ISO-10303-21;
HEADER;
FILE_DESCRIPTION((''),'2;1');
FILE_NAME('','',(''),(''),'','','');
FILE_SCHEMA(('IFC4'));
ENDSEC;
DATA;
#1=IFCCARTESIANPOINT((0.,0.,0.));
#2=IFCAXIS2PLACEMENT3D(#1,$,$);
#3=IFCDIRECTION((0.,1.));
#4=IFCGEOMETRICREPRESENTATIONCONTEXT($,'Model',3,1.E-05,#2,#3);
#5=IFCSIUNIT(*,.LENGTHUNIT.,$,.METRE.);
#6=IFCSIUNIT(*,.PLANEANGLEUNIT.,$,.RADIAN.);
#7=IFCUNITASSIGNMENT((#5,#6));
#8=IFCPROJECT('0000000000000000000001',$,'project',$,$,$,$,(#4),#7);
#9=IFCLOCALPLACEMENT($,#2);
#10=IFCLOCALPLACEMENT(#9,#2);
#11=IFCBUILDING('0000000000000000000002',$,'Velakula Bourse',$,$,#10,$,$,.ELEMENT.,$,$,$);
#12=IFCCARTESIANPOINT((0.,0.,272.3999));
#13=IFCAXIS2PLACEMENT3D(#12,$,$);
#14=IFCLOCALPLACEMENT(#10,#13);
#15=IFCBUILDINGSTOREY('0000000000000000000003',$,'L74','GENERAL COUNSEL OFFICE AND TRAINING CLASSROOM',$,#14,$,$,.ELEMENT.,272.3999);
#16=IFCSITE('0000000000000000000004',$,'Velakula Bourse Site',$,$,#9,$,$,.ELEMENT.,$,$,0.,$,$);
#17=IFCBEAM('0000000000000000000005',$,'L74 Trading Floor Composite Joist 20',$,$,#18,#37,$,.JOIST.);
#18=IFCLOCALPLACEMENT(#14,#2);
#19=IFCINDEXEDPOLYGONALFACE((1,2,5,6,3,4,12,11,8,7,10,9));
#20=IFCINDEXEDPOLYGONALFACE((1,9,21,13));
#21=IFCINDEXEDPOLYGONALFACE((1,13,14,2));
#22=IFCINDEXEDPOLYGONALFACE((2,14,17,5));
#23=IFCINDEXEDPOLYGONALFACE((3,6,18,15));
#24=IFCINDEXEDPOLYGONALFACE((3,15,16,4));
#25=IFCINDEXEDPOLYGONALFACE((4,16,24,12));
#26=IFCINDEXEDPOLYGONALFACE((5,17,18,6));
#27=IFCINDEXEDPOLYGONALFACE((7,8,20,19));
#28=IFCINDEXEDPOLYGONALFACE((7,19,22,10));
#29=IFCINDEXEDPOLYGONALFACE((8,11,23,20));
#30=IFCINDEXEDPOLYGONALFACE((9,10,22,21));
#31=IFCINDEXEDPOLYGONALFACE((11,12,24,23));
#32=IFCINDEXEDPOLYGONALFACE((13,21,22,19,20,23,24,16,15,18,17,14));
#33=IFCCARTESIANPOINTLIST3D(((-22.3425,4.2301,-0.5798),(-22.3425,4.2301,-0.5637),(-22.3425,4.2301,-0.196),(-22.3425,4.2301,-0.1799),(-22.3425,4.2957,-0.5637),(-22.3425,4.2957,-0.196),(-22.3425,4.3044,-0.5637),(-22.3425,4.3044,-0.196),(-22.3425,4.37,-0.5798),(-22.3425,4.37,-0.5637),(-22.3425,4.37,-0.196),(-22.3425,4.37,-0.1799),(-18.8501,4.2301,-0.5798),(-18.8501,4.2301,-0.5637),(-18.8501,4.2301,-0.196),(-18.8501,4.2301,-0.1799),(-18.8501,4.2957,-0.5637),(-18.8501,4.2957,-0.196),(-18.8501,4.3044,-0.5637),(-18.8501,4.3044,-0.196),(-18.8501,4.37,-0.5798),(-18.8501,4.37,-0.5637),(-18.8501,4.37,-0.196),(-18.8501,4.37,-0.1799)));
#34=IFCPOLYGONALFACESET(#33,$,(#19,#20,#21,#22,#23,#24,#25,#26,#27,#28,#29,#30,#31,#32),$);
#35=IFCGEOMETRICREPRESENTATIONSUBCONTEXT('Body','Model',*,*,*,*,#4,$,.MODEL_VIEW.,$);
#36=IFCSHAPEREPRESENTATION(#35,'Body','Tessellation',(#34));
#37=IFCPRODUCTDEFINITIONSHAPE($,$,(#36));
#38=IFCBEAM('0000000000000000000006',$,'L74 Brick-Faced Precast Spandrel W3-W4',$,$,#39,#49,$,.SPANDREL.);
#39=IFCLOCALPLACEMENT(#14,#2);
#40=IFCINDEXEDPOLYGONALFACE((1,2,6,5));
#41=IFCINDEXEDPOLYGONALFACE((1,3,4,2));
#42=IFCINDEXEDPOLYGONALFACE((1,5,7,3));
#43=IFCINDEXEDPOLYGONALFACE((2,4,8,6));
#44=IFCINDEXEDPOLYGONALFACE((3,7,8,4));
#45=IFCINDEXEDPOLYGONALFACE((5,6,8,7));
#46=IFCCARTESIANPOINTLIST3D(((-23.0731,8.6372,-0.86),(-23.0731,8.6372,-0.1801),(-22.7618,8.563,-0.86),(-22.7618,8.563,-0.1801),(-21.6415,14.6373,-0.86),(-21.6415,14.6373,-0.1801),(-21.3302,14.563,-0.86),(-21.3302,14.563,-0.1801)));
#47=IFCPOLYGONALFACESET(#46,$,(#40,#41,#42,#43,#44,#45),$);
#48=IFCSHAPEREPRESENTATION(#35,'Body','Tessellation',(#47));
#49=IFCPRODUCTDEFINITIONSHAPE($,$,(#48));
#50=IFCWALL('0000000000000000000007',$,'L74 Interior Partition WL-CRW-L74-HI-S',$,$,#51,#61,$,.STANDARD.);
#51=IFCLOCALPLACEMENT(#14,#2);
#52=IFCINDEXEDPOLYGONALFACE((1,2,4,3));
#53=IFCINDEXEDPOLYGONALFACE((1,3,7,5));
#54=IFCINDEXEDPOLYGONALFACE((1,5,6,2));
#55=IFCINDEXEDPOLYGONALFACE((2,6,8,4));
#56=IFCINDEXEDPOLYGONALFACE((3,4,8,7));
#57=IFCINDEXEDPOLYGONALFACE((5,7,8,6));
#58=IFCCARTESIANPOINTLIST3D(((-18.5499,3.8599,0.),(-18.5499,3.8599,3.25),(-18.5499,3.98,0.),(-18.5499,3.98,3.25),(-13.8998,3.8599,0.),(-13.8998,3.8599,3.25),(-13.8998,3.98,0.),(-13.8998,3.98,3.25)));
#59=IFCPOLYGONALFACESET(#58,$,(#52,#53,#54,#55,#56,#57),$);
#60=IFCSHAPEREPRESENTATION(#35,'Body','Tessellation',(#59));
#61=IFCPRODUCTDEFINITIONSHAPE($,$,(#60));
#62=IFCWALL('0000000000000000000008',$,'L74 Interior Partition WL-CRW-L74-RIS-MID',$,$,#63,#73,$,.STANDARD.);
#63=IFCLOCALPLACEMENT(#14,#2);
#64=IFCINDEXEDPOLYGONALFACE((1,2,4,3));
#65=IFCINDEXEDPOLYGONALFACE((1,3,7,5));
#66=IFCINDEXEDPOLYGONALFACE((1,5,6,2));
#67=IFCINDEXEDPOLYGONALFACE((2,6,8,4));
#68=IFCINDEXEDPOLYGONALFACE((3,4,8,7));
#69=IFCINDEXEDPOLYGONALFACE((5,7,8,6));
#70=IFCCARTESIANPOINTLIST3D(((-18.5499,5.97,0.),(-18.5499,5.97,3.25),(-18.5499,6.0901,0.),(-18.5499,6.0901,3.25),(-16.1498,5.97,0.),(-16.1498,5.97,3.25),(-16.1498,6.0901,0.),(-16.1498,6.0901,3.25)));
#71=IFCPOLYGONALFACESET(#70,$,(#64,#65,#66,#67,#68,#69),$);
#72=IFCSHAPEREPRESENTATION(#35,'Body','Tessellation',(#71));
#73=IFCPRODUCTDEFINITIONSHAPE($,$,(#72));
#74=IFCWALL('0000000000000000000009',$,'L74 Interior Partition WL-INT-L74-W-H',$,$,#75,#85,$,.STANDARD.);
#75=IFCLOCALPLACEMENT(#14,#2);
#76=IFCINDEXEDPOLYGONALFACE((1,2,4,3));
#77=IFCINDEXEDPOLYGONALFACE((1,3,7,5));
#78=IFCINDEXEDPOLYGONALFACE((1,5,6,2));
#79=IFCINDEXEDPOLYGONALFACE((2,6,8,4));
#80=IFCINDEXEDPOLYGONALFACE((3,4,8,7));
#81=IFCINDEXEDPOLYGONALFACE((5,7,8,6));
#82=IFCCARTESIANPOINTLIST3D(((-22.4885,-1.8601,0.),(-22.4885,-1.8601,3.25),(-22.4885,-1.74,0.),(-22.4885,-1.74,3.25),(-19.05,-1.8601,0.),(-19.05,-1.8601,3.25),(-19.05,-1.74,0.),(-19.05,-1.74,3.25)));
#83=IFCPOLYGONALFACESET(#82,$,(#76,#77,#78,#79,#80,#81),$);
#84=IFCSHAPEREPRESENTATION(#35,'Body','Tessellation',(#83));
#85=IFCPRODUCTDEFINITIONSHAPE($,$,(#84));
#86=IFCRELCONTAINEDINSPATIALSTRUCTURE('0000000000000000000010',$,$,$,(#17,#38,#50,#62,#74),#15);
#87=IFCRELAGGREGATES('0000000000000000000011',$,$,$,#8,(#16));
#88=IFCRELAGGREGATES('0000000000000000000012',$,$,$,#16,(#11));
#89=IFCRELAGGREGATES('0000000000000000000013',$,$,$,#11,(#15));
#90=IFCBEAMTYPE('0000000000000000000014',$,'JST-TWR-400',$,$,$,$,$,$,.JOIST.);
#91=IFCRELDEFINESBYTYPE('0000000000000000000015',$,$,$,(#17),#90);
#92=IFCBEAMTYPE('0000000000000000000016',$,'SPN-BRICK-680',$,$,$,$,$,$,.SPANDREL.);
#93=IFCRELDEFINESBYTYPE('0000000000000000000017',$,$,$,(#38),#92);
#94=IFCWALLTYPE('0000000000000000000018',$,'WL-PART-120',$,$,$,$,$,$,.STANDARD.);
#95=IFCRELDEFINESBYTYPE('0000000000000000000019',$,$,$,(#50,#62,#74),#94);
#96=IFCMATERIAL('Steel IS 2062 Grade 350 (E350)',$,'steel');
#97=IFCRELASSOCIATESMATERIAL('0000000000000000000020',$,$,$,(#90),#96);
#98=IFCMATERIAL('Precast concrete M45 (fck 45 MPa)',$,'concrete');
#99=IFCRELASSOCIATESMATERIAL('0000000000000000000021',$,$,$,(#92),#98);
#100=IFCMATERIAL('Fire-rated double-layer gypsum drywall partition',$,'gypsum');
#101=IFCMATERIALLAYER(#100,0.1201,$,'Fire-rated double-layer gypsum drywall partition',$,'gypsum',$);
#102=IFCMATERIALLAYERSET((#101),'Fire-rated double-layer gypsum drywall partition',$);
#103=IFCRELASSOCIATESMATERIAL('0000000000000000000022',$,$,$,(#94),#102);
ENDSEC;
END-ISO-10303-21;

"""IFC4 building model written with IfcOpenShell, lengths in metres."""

from ifc_helpers import new_model, si_unit, direction, frame, frame_2d, origin, origin_2d, place, context, subcontext, project, spatial, rectangle, i_section, extrude, material, layer, layer_set, material_profile, profile_set, type_object, element, save


model = new_model("IFC4")

# Units and contexts
model_context = context("Model", 3, precision=1e-05, world=origin(), true_north=direction((0.0, 1.0)))
body_context = subcontext(model_context, "Body", "Model", "MODEL_VIEW")
ifc_project = project(units=[si_unit("LENGTHUNIT", "METRE"), si_unit("PLANEANGLEUNIT", "RADIAN")], contexts=[model_context])

# Site, building, storey
site_placement = place(None, origin())
site = spatial("IfcSite", under=ifc_project, at=site_placement, Name="Velakula Bourse Site", CompositionType="ELEMENT", RefElevation=0.0)
building_placement = place(site_placement, origin())
building = spatial("IfcBuilding", under=site, at=building_placement, Name="Velakula Bourse", CompositionType="ELEMENT")
storey_placement = place(building_placement, frame((0.0, 0.0, 272.3999)))
storey = spatial("IfcBuildingStorey", under=building, at=storey_placement, Name="L74", Description="GENERAL COUNSEL OFFICE AND TRAINING CLASSROOM", CompositionType="ELEMENT", Elevation=272.3999)

# Shared definitions
ifc_material_1 = material(Name="Steel IS 2062 Grade 350 (E350)", Category="steel")

# Beams
ifc_material_profile_1 = material_profile(ifc_material_1, i_section(OverallWidth=0.1399, OverallDepth=0.3999, WebThickness=0.0088, FlangeThickness=0.0161, at=origin_2d()), Name="Steel IS 2062 Grade 350 (E350)")
ifc_profile_set_1 = profile_set([ifc_material_profile_1], Name="Steel IS 2062 Grade 350 (E350)")
beam_type_1 = type_object("IfcBeamType", Name="JST-TWR-400", PredefinedType="JOIST", material=ifc_profile_set_1)
beam_1_placement = place(storey_placement, frame((-22.3425, 4.3, -0.3799), z_axis=(1.0, 0.0, 0.0), x_axis=(0.0, 1.0, 0.0)))
element("IfcBeam", 1, at=beam_1_placement, inside=storey, type_object=beam_type_1, Name="L74 Trading Floor Composite Joist 20", PredefinedType="JOIST", context=body_context, shape_type="SweptSolid", body=[
    extrude(i_section(OverallWidth=0.1399, OverallDepth=0.3999, WebThickness=0.0088, FlangeThickness=0.0161, at=origin_2d()), origin(), (0.0, 0.0, 1.0), 3.4924),
])
ifc_material_2 = material(Name="Precast concrete M45 (fck 45 MPa)", Category="concrete")
ifc_material_profile_2 = material_profile(ifc_material_2, rectangle(XDim=0.3201, YDim=0.6799, at=origin_2d()), Name="Precast concrete M45 (fck 45 MPa)")
ifc_profile_set_2 = profile_set([ifc_material_profile_2], Name="Precast concrete M45 (fck 45 MPa)")
beam_type_2 = type_object("IfcBeamType", Name="SPN-BRICK-680", PredefinedType="SPANDREL", material=ifc_profile_set_2)
beam_2_placement = place(storey_placement, frame((-22.9175, 8.6001, -0.52), z_axis=(0.232091, 0.972694, 0.0), x_axis=(-0.972694, 0.232091, 0.0)))
element("IfcBeam", 2, at=beam_2_placement, inside=storey, type_object=beam_type_2, Name="L74 Brick-Faced Precast Spandrel W3-W4", PredefinedType="SPANDREL", context=body_context, shape_type="SweptSolid", body=[
    extrude(rectangle(XDim=0.3201, YDim=0.6799, at=origin_2d()), origin(), (0.0, 0.0, 1.0), 6.1685),
])

# Walls
ifc_material_3 = material(Name="Fire-rated double-layer gypsum drywall partition", Category="gypsum")
ifc_layer = layer(ifc_material_3, 0.1201, Name="Fire-rated double-layer gypsum drywall partition", Category="gypsum")
ifc_layer_set = layer_set([ifc_layer], Name="Fire-rated double-layer gypsum drywall partition")
wall_type = type_object("IfcWallType", Name="WL-PART-120", PredefinedType="STANDARD", material=ifc_layer_set)
wall_1_placement = place(storey_placement, frame((-18.55, 3.9199, 0.0), z_axis=(0.0, 0.0, 1.0), x_axis=(1.0, 0.0, 0.0)))
element("IfcWall", 3, at=wall_1_placement, inside=storey, type_object=wall_type, Name="L74 Interior Partition WL-CRW-L74-HI-S", PredefinedType="STANDARD", context=body_context, shape_type="SweptSolid", body=[
    extrude(rectangle(XDim=4.6501, YDim=0.1201, at=frame_2d((2.3252, 0.0))), origin(), (0.0, 0.0, 1.0), 3.25),
])
wall_2_placement = place(storey_placement, frame((-18.55, 6.03, 0.0), z_axis=(0.0, 0.0, 1.0), x_axis=(1.0, 0.0, 0.0)))
element("IfcWall", 4, at=wall_2_placement, inside=storey, type_object=wall_type, Name="L74 Interior Partition WL-CRW-L74-RIS-MID", PredefinedType="STANDARD", context=body_context, shape_type="SweptSolid", body=[
    extrude(rectangle(XDim=2.4001, YDim=0.1201, at=frame_2d((1.2002, 0.0))), origin(), (0.0, 0.0, 1.0), 3.25),
])
wall_3_placement = place(storey_placement, frame((-22.4885, -1.8, 0.0), z_axis=(0.0, 0.0, 1.0), x_axis=(1.0, 0.0, 0.0)))
element("IfcWall", 5, at=wall_3_placement, inside=storey, type_object=wall_type, Name="L74 Interior Partition WL-INT-L74-W-H", PredefinedType="STANDARD", context=body_context, shape_type="SweptSolid", body=[
    extrude(rectangle(XDim=3.4385, YDim=0.1201, at=frame_2d((1.7192, 0.0))), origin(), (0.0, 0.0, 1.0), 3.25),
])

save(model, "model.ifc")
